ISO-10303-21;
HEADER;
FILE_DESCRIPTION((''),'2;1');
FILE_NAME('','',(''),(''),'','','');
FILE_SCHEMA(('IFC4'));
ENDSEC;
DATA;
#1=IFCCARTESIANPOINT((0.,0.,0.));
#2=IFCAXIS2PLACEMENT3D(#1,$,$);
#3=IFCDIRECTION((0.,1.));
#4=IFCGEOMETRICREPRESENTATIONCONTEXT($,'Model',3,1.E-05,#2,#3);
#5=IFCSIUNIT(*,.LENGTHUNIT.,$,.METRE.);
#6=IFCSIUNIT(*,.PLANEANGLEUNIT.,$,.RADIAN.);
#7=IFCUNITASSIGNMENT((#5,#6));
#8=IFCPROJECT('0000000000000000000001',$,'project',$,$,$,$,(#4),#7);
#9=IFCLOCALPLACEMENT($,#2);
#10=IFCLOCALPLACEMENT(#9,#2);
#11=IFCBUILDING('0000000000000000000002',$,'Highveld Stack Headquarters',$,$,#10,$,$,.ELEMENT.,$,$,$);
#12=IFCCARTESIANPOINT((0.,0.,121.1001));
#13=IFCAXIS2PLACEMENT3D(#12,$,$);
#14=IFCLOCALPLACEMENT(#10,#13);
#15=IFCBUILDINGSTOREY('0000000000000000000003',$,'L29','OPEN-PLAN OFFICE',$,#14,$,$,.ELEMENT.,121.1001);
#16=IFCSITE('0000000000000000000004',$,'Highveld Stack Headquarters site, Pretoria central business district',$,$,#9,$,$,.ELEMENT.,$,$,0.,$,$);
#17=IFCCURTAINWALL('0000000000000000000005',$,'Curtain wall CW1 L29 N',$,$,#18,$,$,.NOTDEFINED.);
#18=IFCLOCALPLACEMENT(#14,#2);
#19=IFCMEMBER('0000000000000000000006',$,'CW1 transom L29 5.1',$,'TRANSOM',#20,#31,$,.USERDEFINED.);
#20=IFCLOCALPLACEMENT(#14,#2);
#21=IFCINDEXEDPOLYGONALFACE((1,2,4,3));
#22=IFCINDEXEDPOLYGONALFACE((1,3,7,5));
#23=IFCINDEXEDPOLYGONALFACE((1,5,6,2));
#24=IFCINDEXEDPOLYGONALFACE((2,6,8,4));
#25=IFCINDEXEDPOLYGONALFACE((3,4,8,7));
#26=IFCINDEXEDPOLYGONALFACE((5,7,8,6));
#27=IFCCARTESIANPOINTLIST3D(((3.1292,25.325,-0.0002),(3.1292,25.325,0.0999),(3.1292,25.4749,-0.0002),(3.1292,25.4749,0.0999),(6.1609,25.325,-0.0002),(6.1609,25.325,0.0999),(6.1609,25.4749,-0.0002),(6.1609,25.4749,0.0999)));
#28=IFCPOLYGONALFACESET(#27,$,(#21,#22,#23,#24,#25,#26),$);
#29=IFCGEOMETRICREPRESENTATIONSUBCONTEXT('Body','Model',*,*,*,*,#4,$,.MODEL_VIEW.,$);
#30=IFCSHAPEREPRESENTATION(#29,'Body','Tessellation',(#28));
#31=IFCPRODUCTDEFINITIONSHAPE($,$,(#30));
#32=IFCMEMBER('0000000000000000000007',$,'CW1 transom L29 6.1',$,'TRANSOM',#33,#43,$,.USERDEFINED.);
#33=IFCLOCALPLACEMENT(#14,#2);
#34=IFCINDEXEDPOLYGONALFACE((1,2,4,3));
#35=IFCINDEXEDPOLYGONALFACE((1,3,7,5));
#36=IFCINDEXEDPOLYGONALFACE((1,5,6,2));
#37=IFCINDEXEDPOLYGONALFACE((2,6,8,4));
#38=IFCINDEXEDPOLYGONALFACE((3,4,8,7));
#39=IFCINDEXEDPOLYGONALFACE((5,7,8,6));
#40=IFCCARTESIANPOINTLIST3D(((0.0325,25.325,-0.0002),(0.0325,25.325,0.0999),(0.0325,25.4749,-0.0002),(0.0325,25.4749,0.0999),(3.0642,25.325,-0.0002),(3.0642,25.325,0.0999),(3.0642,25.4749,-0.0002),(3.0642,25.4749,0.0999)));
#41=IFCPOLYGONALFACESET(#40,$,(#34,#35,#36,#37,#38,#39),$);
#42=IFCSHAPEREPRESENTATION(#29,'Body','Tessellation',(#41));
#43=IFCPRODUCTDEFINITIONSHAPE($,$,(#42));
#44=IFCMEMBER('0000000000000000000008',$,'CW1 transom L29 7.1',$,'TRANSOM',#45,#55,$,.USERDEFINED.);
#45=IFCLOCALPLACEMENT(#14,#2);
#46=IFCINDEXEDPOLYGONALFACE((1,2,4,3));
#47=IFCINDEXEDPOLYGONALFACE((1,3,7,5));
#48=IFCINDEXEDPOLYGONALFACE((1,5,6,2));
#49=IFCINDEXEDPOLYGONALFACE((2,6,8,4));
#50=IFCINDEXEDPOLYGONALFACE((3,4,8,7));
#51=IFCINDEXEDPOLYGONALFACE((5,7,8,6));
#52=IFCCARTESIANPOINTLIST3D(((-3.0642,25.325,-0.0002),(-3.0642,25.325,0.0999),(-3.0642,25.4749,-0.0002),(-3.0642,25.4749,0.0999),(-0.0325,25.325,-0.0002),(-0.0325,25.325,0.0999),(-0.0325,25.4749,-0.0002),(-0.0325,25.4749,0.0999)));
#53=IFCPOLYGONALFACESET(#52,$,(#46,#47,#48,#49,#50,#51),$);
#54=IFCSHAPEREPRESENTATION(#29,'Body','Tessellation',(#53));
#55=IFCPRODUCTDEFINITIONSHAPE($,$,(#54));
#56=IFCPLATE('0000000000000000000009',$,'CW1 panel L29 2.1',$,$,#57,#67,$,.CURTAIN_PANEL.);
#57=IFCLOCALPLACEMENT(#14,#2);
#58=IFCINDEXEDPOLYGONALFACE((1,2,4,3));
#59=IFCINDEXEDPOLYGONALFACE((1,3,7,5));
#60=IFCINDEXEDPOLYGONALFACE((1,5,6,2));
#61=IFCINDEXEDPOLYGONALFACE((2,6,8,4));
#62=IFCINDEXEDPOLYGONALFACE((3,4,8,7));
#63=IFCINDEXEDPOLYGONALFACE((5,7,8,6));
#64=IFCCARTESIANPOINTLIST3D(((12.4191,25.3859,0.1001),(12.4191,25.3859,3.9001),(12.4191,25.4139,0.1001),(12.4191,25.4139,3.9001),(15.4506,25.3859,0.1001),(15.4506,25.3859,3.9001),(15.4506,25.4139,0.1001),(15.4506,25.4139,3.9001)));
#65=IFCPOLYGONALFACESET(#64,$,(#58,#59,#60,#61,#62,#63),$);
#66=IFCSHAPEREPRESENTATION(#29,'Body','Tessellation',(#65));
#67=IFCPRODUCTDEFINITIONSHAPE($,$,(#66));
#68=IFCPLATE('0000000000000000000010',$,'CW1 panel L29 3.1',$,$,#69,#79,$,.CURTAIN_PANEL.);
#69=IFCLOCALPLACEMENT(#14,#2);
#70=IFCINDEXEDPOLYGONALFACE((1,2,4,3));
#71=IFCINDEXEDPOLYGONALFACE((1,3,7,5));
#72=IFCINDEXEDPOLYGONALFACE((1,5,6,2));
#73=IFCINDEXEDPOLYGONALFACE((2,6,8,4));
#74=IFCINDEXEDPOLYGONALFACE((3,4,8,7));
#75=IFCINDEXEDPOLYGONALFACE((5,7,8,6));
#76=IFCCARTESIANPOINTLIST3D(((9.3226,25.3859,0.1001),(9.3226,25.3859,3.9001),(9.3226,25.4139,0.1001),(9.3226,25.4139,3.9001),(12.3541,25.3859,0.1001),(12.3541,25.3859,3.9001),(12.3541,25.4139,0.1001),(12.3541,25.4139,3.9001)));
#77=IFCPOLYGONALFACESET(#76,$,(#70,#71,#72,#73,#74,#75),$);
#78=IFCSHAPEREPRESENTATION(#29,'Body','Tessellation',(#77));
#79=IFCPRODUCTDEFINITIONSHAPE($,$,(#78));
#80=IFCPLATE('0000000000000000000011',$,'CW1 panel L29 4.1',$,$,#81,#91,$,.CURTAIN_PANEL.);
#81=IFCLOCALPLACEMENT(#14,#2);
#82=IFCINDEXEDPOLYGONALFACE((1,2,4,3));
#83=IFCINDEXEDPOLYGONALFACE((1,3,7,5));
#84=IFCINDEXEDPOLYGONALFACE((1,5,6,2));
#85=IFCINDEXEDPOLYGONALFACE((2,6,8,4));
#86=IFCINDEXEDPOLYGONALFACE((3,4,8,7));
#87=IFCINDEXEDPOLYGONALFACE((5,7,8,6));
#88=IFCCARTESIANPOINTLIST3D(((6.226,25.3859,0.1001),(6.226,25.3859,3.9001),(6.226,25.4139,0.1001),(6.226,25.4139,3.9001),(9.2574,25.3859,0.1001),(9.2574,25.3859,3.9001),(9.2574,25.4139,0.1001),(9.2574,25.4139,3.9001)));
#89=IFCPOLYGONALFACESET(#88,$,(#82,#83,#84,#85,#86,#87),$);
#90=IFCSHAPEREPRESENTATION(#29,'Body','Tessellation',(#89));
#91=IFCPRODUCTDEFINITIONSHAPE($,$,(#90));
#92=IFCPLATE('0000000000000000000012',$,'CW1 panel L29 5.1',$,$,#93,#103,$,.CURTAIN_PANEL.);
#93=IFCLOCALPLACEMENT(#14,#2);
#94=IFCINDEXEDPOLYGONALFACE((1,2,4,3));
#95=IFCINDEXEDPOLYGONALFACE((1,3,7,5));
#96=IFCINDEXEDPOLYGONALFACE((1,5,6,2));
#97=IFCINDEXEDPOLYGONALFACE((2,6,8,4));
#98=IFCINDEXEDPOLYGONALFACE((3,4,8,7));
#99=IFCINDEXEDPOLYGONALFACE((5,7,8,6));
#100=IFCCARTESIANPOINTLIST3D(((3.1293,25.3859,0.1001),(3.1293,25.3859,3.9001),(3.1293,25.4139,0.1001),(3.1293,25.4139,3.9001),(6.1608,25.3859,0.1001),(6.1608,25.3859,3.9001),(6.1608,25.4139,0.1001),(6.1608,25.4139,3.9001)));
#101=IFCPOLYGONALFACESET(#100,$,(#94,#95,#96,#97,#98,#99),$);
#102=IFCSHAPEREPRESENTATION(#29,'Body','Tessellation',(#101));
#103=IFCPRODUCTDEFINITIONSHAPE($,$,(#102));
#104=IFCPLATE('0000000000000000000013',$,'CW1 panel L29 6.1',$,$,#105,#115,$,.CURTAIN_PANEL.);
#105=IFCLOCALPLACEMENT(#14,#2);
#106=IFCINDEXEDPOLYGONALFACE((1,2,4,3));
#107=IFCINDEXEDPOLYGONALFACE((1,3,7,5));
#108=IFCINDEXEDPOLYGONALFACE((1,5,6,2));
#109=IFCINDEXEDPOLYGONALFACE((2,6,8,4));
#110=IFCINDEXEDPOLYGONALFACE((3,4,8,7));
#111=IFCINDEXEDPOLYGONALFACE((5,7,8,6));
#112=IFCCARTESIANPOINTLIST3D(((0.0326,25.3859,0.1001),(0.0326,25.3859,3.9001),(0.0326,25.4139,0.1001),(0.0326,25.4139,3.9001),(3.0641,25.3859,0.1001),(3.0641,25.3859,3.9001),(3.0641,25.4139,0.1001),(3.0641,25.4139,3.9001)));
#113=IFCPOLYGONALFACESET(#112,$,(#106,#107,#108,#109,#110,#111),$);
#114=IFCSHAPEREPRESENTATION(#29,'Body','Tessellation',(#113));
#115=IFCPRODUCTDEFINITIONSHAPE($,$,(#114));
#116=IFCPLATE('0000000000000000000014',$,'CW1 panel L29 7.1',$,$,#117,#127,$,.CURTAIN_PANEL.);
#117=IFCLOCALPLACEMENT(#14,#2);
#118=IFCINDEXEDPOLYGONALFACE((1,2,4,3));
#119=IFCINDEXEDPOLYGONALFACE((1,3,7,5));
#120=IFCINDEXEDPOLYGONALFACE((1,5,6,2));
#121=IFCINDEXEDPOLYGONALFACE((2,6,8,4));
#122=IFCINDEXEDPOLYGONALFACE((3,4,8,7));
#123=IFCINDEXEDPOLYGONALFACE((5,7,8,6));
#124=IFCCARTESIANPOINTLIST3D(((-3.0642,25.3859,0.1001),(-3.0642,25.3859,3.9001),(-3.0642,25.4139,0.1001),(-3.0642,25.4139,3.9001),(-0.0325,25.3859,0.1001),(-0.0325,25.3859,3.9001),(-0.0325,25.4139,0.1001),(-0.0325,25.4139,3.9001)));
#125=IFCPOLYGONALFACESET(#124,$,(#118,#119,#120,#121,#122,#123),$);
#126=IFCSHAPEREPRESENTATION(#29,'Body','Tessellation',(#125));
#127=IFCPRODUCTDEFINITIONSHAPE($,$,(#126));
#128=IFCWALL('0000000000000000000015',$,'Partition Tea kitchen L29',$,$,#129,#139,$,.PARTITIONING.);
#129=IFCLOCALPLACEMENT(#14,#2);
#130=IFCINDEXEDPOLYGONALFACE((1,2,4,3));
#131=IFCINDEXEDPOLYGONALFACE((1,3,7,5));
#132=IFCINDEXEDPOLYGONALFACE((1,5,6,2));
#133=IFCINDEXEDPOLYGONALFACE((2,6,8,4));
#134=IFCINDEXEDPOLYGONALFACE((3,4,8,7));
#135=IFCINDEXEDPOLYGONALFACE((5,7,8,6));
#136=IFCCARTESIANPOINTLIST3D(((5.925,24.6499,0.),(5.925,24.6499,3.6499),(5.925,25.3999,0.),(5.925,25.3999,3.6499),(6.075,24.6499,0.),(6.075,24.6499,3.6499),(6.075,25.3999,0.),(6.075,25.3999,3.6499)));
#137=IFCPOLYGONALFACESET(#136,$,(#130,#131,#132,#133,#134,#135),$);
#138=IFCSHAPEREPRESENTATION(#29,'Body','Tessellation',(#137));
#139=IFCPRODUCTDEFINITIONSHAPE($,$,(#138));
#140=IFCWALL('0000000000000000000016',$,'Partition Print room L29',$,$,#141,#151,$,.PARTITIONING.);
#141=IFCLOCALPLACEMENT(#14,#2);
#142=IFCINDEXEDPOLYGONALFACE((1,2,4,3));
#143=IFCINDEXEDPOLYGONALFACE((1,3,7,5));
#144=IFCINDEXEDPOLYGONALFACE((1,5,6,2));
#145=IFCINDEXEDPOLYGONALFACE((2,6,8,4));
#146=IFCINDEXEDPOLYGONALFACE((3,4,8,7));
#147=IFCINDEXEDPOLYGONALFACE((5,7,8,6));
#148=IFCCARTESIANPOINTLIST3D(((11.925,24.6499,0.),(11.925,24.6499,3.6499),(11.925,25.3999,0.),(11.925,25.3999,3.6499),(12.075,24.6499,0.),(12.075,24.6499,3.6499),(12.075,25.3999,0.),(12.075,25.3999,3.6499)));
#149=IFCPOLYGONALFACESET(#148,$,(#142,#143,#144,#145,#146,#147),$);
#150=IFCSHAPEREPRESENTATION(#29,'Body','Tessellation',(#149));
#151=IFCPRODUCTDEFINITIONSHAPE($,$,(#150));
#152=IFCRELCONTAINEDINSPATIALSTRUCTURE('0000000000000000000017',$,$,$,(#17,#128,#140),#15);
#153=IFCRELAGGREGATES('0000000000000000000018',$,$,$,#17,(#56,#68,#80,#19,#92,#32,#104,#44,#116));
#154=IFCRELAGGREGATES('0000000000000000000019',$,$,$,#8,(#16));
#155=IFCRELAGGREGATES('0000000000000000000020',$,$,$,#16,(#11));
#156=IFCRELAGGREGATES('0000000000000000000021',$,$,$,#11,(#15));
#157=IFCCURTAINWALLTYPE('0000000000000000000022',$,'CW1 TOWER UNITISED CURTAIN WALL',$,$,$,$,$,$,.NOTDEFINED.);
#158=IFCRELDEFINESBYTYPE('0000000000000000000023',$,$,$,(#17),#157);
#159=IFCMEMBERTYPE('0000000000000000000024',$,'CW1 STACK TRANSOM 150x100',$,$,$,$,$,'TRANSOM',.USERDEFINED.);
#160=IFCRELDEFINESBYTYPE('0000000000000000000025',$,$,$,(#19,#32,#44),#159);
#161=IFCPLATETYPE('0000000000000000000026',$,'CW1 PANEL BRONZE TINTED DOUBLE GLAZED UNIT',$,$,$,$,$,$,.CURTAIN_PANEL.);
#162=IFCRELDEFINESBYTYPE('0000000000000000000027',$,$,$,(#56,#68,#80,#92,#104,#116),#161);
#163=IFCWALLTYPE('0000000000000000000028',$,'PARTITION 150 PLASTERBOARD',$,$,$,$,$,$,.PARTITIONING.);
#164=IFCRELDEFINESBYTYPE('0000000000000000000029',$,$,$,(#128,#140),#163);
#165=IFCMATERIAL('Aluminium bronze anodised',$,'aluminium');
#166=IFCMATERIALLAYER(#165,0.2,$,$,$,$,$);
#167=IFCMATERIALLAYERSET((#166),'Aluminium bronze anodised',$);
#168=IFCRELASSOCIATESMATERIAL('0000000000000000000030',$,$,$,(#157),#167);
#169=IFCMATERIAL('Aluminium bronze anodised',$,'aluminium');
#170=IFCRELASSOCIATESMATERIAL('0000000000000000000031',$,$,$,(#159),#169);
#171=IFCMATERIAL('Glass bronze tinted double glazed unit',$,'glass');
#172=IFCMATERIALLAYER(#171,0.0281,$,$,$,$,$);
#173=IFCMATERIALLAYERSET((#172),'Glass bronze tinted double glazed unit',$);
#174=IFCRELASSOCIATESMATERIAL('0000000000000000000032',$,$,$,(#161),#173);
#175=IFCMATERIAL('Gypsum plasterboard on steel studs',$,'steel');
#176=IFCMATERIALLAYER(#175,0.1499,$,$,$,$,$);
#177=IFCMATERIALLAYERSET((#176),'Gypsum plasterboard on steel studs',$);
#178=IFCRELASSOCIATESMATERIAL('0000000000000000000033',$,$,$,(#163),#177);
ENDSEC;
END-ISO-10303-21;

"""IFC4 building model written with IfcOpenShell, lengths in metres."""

from ifc_helpers import new_model, si_unit, direction, frame, frame_2d, origin, origin_2d, place, context, subcontext, project, spatial, rectangle, extrude, material, layer, layer_set, material_profile, profile_set, type_object, element, aggregate, save


model = new_model("IFC4")

# Units and contexts
model_context = context("Model", 3, precision=1e-05, world=origin(), true_north=direction((0.0, 1.0)))
body_context = subcontext(model_context, "Body", "Model", "MODEL_VIEW")
ifc_project = project(units=[si_unit("LENGTHUNIT", "METRE"), si_unit("PLANEANGLEUNIT", "RADIAN")], contexts=[model_context])

# Site, building, storey
site_placement = place(None, origin())
site = spatial("IfcSite", under=ifc_project, at=site_placement, Name="Highveld Stack Headquarters site, Pretoria central business district", CompositionType="ELEMENT", RefElevation=0.0)
building_placement = place(site_placement, origin())
building = spatial("IfcBuilding", under=site, at=building_placement, Name="Highveld Stack Headquarters", CompositionType="ELEMENT")
storey_placement = place(building_placement, frame((0.0, 0.0, 121.1001)))
storey = spatial("IfcBuildingStorey", under=building, at=storey_placement, Name="L29", Description="OPEN-PLAN OFFICE", CompositionType="ELEMENT", Elevation=121.1001)

# Curtain wall, members, plates
ifc_material_1 = material(Name="Aluminium bronze anodised", Category="aluminium")
ifc_layer_1 = layer(ifc_material_1, 0.2)
ifc_layer_set_1 = layer_set([ifc_layer_1], Name="Aluminium bronze anodised")
curtain_wall_type = type_object("IfcCurtainWallType", Name="CW1 TOWER UNITISED CURTAIN WALL", PredefinedType="NOTDEFINED", material=ifc_layer_set_1)
curtain_wall_placement = place(storey_placement, origin())
curtain_wall = element("IfcCurtainWall", 1, at=curtain_wall_placement, inside=storey, type_object=curtain_wall_type, Name="Curtain wall CW1 L29 N", PredefinedType="NOTDEFINED")
ifc_material_2 = material(Name="Aluminium bronze anodised", Category="aluminium")
ifc_material_profile_1 = material_profile(ifc_material_2, rectangle(XDim=0.1499, YDim=0.1001, at=origin_2d()), Name="CW1 TRANSOM 150x100")
ifc_profile_set_1 = profile_set([ifc_material_profile_1], Name="Aluminium bronze anodised")
member_type_1 = type_object("IfcMemberType", Name="CW1 STACK TRANSOM 150x100", ElementType="TRANSOM", PredefinedType="USERDEFINED", material=ifc_profile_set_1)
member_1_placement = place(storey_placement, frame((6.1609, 25.3999, 0.0498), z_axis=(-1.0, 0.0, 0.0), x_axis=(0.0, -1.0, 0.0)))
member_1 = element("IfcMember", 2, at=member_1_placement, type_object=member_type_1, Name="CW1 transom L29 5.1", ObjectType="TRANSOM", PredefinedType="USERDEFINED", context=body_context, shape_type="SweptSolid", body=[
    extrude(rectangle(XDim=0.1499, YDim=0.1001, at=origin_2d()), origin(), (0.0, 0.0, 1.0), 3.0317),
])
member_2_placement = place(storey_placement, frame((3.0642, 25.3999, 0.0498), z_axis=(-1.0, 0.0, 0.0), x_axis=(0.0, -1.0, 0.0)))
member_2 = element("IfcMember", 3, at=member_2_placement, type_object=member_type_1, Name="CW1 transom L29 6.1", ObjectType="TRANSOM", PredefinedType="USERDEFINED", context=body_context, shape_type="SweptSolid", body=[
    extrude(rectangle(XDim=0.1499, YDim=0.1001, at=origin_2d()), origin(), (0.0, 0.0, 1.0), 3.0317),
])
member_3_placement = place(storey_placement, frame((-0.0325, 25.3999, 0.0498), z_axis=(-1.0, 0.0, 0.0), x_axis=(0.0, -1.0, 0.0)))
member_3 = element("IfcMember", 4, at=member_3_placement, type_object=member_type_1, Name="CW1 transom L29 7.1", ObjectType="TRANSOM", PredefinedType="USERDEFINED", context=body_context, shape_type="SweptSolid", body=[
    extrude(rectangle(XDim=0.1499, YDim=0.1001, at=origin_2d()), origin(), (0.0, 0.0, 1.0), 3.0317),
])
ifc_material_3 = material(Name="Glass bronze tinted double glazed unit", Category="glass")
ifc_layer_2 = layer(ifc_material_3, 0.0281)
ifc_layer_set_2 = layer_set([ifc_layer_2], Name="Glass bronze tinted double glazed unit")
plate_type = type_object("IfcPlateType", Name="CW1 PANEL BRONZE TINTED DOUBLE GLAZED UNIT", PredefinedType="CURTAIN_PANEL", material=ifc_layer_set_2)
plate_1_placement = place(storey_placement, frame((13.9348, 25.3999, 0.1001), z_axis=(0.0, 0.0, 1.0), x_axis=(-1.0, 0.0, 0.0)))
plate_1 = element("IfcPlate", 5, at=plate_1_placement, type_object=plate_type, Name="CW1 panel L29 2.1", PredefinedType="CURTAIN_PANEL", context=body_context, shape_type="SweptSolid", body=[
    extrude(rectangle(XDim=3.0315, YDim=0.0281, at=origin_2d()), origin(), (0.0, 0.0, 1.0), 3.8),
])
plate_2_placement = place(storey_placement, frame((10.8384, 25.3999, 0.1001), z_axis=(0.0, 0.0, 1.0), x_axis=(-1.0, 0.0, 0.0)))
plate_2 = element("IfcPlate", 6, at=plate_2_placement, type_object=plate_type, Name="CW1 panel L29 3.1", PredefinedType="CURTAIN_PANEL", context=body_context, shape_type="SweptSolid", body=[
    extrude(rectangle(XDim=3.0315, YDim=0.0281, at=origin_2d()), origin(), (0.0, 0.0, 1.0), 3.8),
])
plate_3_placement = place(storey_placement, frame((7.7417, 25.3999, 0.1001), z_axis=(0.0, 0.0, 1.0), x_axis=(-1.0, 0.0, 0.0)))
plate_3 = element("IfcPlate", 7, at=plate_3_placement, type_object=plate_type, Name="CW1 panel L29 4.1", PredefinedType="CURTAIN_PANEL", context=body_context, shape_type="SweptSolid", body=[
    extrude(rectangle(XDim=3.0315, YDim=0.0281, at=origin_2d()), origin(), (0.0, 0.0, 1.0), 3.8),
])
plate_4_placement = place(storey_placement, frame((4.645, 25.3999, 0.1001), z_axis=(0.0, 0.0, 1.0), x_axis=(-1.0, 0.0, 0.0)))
plate_4 = element("IfcPlate", 8, at=plate_4_placement, type_object=plate_type, Name="CW1 panel L29 5.1", PredefinedType="CURTAIN_PANEL", context=body_context, shape_type="SweptSolid", body=[
    extrude(rectangle(XDim=3.0315, YDim=0.0281, at=origin_2d()), origin(), (0.0, 0.0, 1.0), 3.8),
])
plate_5_placement = place(storey_placement, frame((1.5483, 25.3999, 0.1001), z_axis=(0.0, 0.0, 1.0), x_axis=(-1.0, 0.0, 0.0)))
plate_5 = element("IfcPlate", 9, at=plate_5_placement, type_object=plate_type, Name="CW1 panel L29 6.1", PredefinedType="CURTAIN_PANEL", context=body_context, shape_type="SweptSolid", body=[
    extrude(rectangle(XDim=3.0315, YDim=0.0281, at=origin_2d()), origin(), (0.0, 0.0, 1.0), 3.8),
])
plate_6_placement = place(storey_placement, frame((-1.5483, 25.3999, 0.1001), z_axis=(0.0, 0.0, 1.0), x_axis=(-1.0, 0.0, 0.0)))
plate_6 = element("IfcPlate", 10, at=plate_6_placement, type_object=plate_type, Name="CW1 panel L29 7.1", PredefinedType="CURTAIN_PANEL", context=body_context, shape_type="SweptSolid", body=[
    extrude(rectangle(XDim=3.0317, YDim=0.0281, at=origin_2d()), origin(), (0.0, 0.0, 1.0), 3.8),
])
aggregate(curtain_wall, [plate_1, plate_2, plate_3, member_1, plate_4, member_2, plate_5, member_3, plate_6])

# Walls
ifc_material_4 = material(Name="Gypsum plasterboard on steel studs", Category="steel")
ifc_layer_3 = layer(ifc_material_4, 0.1499)
ifc_layer_set_3 = layer_set([ifc_layer_3], Name="Gypsum plasterboard on steel studs")
wall_type = type_object("IfcWallType", Name="PARTITION 150 PLASTERBOARD", PredefinedType="PARTITIONING", material=ifc_layer_set_3)
for number, where, z_axis, x_axis, name in (
    (11, (6.0, 24.6499, 0.0), (0.0, 0.0, 1.0), (0.0, 1.0, 0.0), "Partition Tea kitchen L29"),
    (12, (12.0, 24.6499, 0.0), (0.0, 0.0, 1.0), (0.0, 1.0, 0.0), "Partition Print room L29"),
):
    element("IfcWall", number, at=place(storey_placement, frame(where, z_axis=z_axis, x_axis=x_axis)), inside=storey, type_object=wall_type, Name=name, PredefinedType="PARTITIONING", context=body_context, shape_type="SweptSolid", body=[
        extrude(rectangle(XDim=0.75, YDim=0.1499, at=frame_2d((0.375, 0.0))), origin(), (0.0, 0.0, 1.0), 3.6499),
    ])

save(model, "model.ifc")
